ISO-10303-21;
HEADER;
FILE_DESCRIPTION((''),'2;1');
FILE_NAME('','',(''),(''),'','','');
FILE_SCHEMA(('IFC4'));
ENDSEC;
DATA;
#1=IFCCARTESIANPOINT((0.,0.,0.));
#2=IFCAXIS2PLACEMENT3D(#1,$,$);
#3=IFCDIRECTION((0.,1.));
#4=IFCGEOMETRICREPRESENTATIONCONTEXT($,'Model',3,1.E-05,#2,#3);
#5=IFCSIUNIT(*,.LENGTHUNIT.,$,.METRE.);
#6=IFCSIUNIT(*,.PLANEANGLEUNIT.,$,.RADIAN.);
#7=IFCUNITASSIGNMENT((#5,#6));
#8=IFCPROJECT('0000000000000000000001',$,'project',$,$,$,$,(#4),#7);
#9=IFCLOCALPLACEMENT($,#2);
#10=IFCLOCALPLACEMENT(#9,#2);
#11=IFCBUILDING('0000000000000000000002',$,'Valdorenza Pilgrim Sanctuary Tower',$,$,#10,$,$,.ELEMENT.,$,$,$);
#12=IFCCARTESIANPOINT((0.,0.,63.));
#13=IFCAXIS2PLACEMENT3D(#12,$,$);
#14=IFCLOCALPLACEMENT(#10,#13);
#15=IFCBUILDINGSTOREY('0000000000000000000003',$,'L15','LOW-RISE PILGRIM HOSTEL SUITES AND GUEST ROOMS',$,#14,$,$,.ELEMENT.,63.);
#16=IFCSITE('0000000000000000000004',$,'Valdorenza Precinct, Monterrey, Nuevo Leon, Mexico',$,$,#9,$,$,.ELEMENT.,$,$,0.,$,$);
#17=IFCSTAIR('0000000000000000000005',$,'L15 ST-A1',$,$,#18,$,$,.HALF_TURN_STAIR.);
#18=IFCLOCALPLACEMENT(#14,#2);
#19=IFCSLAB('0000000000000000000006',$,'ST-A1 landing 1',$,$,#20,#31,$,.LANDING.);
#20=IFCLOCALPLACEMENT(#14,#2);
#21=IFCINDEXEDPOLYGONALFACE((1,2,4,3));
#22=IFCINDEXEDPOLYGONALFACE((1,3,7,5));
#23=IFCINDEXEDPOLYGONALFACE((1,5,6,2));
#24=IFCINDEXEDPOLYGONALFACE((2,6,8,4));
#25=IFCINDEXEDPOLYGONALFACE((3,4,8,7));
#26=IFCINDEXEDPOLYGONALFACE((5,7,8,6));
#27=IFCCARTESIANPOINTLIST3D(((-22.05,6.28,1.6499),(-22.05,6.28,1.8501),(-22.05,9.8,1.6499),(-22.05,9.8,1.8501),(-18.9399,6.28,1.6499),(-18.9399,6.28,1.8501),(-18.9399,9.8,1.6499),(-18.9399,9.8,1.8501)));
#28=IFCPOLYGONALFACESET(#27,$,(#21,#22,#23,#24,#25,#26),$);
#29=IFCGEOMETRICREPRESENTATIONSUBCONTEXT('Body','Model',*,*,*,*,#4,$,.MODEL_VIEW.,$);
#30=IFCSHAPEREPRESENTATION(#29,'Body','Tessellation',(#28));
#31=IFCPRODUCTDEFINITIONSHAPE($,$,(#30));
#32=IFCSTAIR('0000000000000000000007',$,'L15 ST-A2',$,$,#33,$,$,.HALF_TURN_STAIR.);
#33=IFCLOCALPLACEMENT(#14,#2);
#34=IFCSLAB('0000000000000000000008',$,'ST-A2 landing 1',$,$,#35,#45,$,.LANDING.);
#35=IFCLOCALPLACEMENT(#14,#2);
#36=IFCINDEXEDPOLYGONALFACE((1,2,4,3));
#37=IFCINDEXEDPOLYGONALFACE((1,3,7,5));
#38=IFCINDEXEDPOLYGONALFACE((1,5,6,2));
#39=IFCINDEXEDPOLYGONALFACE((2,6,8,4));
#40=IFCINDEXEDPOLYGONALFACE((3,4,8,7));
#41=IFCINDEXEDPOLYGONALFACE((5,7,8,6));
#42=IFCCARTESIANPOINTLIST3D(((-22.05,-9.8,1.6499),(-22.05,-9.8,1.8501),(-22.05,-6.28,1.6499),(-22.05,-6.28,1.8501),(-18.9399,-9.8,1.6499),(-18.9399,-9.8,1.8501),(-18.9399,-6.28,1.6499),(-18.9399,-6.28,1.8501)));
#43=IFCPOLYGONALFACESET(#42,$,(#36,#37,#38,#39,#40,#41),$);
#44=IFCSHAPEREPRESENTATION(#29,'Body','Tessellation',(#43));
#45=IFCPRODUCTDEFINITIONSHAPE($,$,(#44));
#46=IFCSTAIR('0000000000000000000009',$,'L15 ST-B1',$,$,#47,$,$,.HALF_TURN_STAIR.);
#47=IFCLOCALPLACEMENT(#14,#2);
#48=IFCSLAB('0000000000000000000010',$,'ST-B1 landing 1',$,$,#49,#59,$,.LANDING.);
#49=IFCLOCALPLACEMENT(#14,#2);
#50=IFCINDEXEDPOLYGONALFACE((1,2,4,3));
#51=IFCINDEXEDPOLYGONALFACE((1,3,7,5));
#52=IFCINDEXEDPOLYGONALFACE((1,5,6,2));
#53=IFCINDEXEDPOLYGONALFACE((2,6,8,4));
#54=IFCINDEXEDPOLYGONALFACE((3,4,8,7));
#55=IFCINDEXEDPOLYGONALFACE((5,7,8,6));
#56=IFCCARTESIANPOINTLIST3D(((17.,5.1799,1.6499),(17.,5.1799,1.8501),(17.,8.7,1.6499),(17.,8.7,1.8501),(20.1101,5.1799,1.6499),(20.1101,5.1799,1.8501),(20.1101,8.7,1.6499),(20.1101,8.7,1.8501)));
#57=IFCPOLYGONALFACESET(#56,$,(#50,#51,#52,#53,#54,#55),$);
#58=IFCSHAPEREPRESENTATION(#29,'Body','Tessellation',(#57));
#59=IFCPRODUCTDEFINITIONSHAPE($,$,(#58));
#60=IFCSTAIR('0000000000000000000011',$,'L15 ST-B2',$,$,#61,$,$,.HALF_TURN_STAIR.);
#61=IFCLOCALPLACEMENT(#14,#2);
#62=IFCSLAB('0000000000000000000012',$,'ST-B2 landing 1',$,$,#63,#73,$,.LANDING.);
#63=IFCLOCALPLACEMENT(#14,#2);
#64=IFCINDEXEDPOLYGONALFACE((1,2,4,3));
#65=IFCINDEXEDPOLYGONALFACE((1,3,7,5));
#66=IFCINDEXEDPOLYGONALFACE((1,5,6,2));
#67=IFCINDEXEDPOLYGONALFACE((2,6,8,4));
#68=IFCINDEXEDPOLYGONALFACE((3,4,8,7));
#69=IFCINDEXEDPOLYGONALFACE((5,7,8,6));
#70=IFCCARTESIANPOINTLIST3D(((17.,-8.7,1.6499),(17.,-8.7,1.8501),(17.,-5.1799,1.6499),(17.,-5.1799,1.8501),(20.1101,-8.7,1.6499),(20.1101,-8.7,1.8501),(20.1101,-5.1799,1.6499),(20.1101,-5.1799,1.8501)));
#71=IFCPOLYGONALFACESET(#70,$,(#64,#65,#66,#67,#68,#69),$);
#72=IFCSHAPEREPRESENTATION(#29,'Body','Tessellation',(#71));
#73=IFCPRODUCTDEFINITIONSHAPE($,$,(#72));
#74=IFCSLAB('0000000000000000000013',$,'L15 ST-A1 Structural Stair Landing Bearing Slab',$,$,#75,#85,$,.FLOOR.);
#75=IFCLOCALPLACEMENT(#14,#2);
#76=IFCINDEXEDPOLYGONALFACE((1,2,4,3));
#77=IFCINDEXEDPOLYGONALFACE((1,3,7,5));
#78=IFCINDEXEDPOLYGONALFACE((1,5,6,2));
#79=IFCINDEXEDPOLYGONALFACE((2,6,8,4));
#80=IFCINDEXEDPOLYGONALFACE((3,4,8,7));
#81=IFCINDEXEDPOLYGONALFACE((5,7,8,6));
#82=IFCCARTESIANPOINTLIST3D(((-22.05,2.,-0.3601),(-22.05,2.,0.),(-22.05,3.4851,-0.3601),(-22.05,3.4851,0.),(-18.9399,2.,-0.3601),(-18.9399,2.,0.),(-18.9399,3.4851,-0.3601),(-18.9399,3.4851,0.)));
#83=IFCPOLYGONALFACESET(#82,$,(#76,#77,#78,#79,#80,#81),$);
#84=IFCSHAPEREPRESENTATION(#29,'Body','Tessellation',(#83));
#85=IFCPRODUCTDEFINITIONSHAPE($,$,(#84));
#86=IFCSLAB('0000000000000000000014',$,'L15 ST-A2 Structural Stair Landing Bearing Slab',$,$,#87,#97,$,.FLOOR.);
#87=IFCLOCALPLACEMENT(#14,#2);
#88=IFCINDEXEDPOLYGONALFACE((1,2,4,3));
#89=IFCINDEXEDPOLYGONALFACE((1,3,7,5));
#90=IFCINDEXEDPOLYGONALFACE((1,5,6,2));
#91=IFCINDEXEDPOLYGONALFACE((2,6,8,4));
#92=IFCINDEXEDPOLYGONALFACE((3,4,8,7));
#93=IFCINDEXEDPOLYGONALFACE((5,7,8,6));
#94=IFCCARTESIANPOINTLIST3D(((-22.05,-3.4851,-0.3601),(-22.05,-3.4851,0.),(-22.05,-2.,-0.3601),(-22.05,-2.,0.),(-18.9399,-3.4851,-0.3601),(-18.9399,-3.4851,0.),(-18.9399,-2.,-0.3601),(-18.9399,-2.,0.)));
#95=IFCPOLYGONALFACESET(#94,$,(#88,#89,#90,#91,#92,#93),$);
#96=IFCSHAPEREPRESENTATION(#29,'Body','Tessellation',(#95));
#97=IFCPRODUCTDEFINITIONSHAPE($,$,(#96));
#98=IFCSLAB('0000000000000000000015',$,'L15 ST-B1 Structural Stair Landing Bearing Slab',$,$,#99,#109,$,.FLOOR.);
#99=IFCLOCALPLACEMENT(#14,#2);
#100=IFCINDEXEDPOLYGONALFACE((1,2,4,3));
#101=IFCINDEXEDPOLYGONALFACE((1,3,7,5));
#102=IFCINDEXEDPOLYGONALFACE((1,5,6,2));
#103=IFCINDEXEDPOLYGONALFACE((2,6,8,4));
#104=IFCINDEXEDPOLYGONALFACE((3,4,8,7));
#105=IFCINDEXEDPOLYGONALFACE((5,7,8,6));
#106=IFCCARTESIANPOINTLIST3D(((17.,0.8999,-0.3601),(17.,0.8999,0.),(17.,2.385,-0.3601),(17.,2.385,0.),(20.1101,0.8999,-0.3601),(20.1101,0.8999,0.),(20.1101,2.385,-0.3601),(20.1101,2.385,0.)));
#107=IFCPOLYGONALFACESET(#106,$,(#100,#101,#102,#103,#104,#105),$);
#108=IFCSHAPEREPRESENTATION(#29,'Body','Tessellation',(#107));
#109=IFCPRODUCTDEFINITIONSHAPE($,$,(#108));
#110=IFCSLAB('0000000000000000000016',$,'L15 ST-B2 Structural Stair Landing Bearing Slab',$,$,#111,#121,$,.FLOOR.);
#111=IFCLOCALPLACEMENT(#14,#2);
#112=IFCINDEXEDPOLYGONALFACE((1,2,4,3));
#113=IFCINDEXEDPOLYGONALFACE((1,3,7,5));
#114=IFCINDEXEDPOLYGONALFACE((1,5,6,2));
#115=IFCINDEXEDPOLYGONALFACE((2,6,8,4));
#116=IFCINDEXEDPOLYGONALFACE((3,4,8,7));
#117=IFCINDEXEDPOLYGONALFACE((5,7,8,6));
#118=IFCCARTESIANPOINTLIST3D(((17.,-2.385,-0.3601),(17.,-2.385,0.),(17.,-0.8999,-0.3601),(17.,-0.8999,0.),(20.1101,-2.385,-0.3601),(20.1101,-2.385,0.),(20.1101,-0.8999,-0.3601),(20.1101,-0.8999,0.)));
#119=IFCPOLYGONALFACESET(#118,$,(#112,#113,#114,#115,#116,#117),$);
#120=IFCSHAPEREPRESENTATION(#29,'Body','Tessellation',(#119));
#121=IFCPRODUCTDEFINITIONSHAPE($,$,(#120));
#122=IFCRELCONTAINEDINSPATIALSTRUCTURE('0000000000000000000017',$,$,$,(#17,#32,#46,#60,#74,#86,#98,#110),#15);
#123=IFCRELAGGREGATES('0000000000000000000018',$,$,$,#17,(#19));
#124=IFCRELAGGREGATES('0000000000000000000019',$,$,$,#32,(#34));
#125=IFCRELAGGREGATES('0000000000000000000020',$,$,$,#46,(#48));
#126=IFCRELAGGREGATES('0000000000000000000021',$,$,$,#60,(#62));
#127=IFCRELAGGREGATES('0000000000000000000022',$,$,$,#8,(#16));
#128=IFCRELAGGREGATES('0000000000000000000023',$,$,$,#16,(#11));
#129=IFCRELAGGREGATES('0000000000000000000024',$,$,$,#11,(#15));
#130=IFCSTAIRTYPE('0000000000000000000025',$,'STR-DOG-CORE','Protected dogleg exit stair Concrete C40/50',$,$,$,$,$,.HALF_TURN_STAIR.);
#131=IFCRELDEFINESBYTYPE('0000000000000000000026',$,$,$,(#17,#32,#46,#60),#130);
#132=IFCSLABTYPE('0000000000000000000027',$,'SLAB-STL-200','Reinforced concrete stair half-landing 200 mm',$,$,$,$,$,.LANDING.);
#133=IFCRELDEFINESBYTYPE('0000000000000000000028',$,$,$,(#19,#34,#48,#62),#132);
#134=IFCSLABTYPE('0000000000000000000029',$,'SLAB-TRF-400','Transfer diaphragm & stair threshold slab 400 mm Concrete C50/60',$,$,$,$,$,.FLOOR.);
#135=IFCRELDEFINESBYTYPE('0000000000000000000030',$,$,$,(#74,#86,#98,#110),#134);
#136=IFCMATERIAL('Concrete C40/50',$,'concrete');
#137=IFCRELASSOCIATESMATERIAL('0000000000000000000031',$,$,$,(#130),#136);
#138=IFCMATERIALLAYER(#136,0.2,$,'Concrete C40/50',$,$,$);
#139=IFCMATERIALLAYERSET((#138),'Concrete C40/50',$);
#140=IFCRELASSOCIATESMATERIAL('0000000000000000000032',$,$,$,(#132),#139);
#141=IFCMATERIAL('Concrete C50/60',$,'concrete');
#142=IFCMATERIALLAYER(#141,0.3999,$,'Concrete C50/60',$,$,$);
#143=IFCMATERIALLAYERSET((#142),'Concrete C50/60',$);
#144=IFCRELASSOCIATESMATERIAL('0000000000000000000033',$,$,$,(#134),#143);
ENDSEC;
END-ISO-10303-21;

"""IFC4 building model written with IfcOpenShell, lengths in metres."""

from ifc_helpers import new_model, si_unit, direction, frame, origin, place, context, subcontext, project, spatial, polyline, outline, extrude, material, layer, layer_set, type_object, element, aggregate, save


model = new_model("IFC4")

# Units and contexts
model_context = context("Model", 3, precision=1e-05, world=origin(), true_north=direction((0.0, 1.0)))
body_context = subcontext(model_context, "Body", "Model", "MODEL_VIEW")
ifc_project = project(units=[si_unit("LENGTHUNIT", "METRE"), si_unit("PLANEANGLEUNIT", "RADIAN")], contexts=[model_context])

# Site, building, storey
site_placement = place(None, origin())
site = spatial("IfcSite", under=ifc_project, at=site_placement, Name="Valdorenza Precinct, Monterrey, Nuevo Leon, Mexico", CompositionType="ELEMENT", RefElevation=0.0)
building_placement = place(site_placement, origin())
building = spatial("IfcBuilding", under=site, at=building_placement, Name="Valdorenza Pilgrim Sanctuary Tower", CompositionType="ELEMENT")
storey_placement = place(building_placement, frame((0.0, 0.0, 63.0)))
storey = spatial("IfcBuildingStorey", under=building, at=storey_placement, Name="L15", Description="LOW-RISE PILGRIM HOSTEL SUITES AND GUEST ROOMS", CompositionType="ELEMENT", Elevation=63.0)

# Shared definitions
ifc_material_1 = material(Name="Concrete C40/50", Category="concrete")

# Stairs, slabs
stair_type = type_object("IfcStairType", Name="STR-DOG-CORE", Description="Protected dogleg exit stair Concrete C40/50", PredefinedType="HALF_TURN_STAIR", material=ifc_material_1)
stair_1_placement = place(storey_placement, origin())
stair_1 = element("IfcStair", 1, at=stair_1_placement, inside=storey, type_object=stair_type, Name="L15 ST-A1", PredefinedType="HALF_TURN_STAIR")
ifc_layer_1 = layer(ifc_material_1, 0.2, Name="Concrete C40/50")
ifc_layer_set_1 = layer_set([ifc_layer_1], Name="Concrete C40/50")
slab_type_1 = type_object("IfcSlabType", Name="SLAB-STL-200", Description="Reinforced concrete stair half-landing 200 mm", PredefinedType="LANDING", material=ifc_layer_set_1)
slab_1_placement = place(storey_placement, frame((0.0, 0.0, 1.6499)))
slab_1 = element("IfcSlab", 2, at=slab_1_placement, type_object=slab_type_1, Name="ST-A1 landing 1", PredefinedType="LANDING", context=body_context, shape_type="SweptSolid", body=[
    extrude(outline(polyline([(-18.9399, 6.28), (-18.9399, 9.8), (-22.05, 9.8), (-22.05, 6.28), (-18.9399, 6.28)])), origin(), (0.0, 0.0, 1.0), 0.2002),
])
aggregate(stair_1, [slab_1])
stair_2_placement = place(storey_placement, origin())
stair_2 = element("IfcStair", 3, at=stair_2_placement, inside=storey, type_object=stair_type, Name="L15 ST-A2", PredefinedType="HALF_TURN_STAIR")
slab_2_placement = place(storey_placement, frame((0.0, 0.0, 1.6499)))
slab_2 = element("IfcSlab", 4, at=slab_2_placement, type_object=slab_type_1, Name="ST-A2 landing 1", PredefinedType="LANDING", context=body_context, shape_type="SweptSolid", body=[
    extrude(outline(polyline([(-22.05, -6.28), (-22.05, -9.8), (-18.9399, -9.8), (-18.9399, -6.28), (-22.05, -6.28)])), origin(), (0.0, 0.0, 1.0), 0.2002),
])
aggregate(stair_2, [slab_2])
stair_3_placement = place(storey_placement, origin())
stair_3 = element("IfcStair", 5, at=stair_3_placement, inside=storey, type_object=stair_type, Name="L15 ST-B1", PredefinedType="HALF_TURN_STAIR")
slab_3_placement = place(storey_placement, frame((0.0, 0.0, 1.6499)))
slab_3 = element("IfcSlab", 6, at=slab_3_placement, type_object=slab_type_1, Name="ST-B1 landing 1", PredefinedType="LANDING", context=body_context, shape_type="SweptSolid", body=[
    extrude(outline(polyline([(20.1101, 5.1799), (20.1101, 8.7), (17.0, 8.7), (17.0, 5.1799), (20.1101, 5.1799)])), origin(), (0.0, 0.0, 1.0), 0.2002),
])
aggregate(stair_3, [slab_3])
stair_4_placement = place(storey_placement, origin())
stair_4 = element("IfcStair", 7, at=stair_4_placement, inside=storey, type_object=stair_type, Name="L15 ST-B2", PredefinedType="HALF_TURN_STAIR")
slab_4_placement = place(storey_placement, frame((0.0, 0.0, 1.6499)))
slab_4 = element("IfcSlab", 8, at=slab_4_placement, type_object=slab_type_1, Name="ST-B2 landing 1", PredefinedType="LANDING", context=body_context, shape_type="SweptSolid", body=[
    extrude(outline(polyline([(17.0, -5.1799), (17.0, -8.7), (20.1101, -8.7), (20.1101, -5.1799), (17.0, -5.1799)])), origin(), (0.0, 0.0, 1.0), 0.2002),
])
aggregate(stair_4, [slab_4])

# Slabs
ifc_material_2 = material(Name="Concrete C50/60", Category="concrete")
ifc_layer_2 = layer(ifc_material_2, 0.3999, Name="Concrete C50/60")
ifc_layer_set_2 = layer_set([ifc_layer_2], Name="Concrete C50/60")
slab_type_2 = type_object("IfcSlabType", Name="SLAB-TRF-400", Description="Transfer diaphragm & stair threshold slab 400 mm Concrete C50/60", PredefinedType="FLOOR", material=ifc_layer_set_2)
slab_5_placement = place(storey_placement, frame((0.0, 0.0, -0.3601)))
element("IfcSlab", 9, at=slab_5_placement, inside=storey, type_object=slab_type_2, Name="L15 ST-A1 Structural Stair Landing Bearing Slab", PredefinedType="FLOOR", context=body_context, shape_type="SweptSolid", body=[
    extrude(outline(polyline([(-22.05, 2.0), (-18.9399, 2.0), (-18.9399, 3.4851), (-22.05, 3.4851), (-22.05, 2.0)])), origin(), (0.0, 0.0, 1.0), 0.3601),
])
slab_6_placement = place(storey_placement, frame((0.0, 0.0, -0.3601)))
element("IfcSlab", 10, at=slab_6_placement, inside=storey, type_object=slab_type_2, Name="L15 ST-A2 Structural Stair Landing Bearing Slab", PredefinedType="FLOOR", context=body_context, shape_type="SweptSolid", body=[
    extrude(outline(polyline([(-22.05, -3.4851), (-18.9399, -3.4851), (-18.9399, -2.0), (-22.05, -2.0), (-22.05, -3.4851)])), origin(), (0.0, 0.0, 1.0), 0.3601),
])
slab_7_placement = place(storey_placement, frame((0.0, 0.0, -0.3601)))
element("IfcSlab", 11, at=slab_7_placement, inside=storey, type_object=slab_type_2, Name="L15 ST-B1 Structural Stair Landing Bearing Slab", PredefinedType="FLOOR", context=body_context, shape_type="SweptSolid", body=[
    extrude(outline(polyline([(17.0, 0.8999), (20.1101, 0.8999), (20.1101, 2.385), (17.0, 2.385), (17.0, 0.8999)])), origin(), (0.0, 0.0, 1.0), 0.3601),
])
slab_8_placement = place(storey_placement, frame((0.0, 0.0, -0.3601)))
element("IfcSlab", 12, at=slab_8_placement, inside=storey, type_object=slab_type_2, Name="L15 ST-B2 Structural Stair Landing Bearing Slab", PredefinedType="FLOOR", context=body_context, shape_type="SweptSolid", body=[
    extrude(outline(polyline([(17.0, -2.385), (20.1101, -2.385), (20.1101, -0.8999), (17.0, -0.8999), (17.0, -2.385)])), origin(), (0.0, 0.0, 1.0), 0.3601),
])

save(model, "model.ifc")
